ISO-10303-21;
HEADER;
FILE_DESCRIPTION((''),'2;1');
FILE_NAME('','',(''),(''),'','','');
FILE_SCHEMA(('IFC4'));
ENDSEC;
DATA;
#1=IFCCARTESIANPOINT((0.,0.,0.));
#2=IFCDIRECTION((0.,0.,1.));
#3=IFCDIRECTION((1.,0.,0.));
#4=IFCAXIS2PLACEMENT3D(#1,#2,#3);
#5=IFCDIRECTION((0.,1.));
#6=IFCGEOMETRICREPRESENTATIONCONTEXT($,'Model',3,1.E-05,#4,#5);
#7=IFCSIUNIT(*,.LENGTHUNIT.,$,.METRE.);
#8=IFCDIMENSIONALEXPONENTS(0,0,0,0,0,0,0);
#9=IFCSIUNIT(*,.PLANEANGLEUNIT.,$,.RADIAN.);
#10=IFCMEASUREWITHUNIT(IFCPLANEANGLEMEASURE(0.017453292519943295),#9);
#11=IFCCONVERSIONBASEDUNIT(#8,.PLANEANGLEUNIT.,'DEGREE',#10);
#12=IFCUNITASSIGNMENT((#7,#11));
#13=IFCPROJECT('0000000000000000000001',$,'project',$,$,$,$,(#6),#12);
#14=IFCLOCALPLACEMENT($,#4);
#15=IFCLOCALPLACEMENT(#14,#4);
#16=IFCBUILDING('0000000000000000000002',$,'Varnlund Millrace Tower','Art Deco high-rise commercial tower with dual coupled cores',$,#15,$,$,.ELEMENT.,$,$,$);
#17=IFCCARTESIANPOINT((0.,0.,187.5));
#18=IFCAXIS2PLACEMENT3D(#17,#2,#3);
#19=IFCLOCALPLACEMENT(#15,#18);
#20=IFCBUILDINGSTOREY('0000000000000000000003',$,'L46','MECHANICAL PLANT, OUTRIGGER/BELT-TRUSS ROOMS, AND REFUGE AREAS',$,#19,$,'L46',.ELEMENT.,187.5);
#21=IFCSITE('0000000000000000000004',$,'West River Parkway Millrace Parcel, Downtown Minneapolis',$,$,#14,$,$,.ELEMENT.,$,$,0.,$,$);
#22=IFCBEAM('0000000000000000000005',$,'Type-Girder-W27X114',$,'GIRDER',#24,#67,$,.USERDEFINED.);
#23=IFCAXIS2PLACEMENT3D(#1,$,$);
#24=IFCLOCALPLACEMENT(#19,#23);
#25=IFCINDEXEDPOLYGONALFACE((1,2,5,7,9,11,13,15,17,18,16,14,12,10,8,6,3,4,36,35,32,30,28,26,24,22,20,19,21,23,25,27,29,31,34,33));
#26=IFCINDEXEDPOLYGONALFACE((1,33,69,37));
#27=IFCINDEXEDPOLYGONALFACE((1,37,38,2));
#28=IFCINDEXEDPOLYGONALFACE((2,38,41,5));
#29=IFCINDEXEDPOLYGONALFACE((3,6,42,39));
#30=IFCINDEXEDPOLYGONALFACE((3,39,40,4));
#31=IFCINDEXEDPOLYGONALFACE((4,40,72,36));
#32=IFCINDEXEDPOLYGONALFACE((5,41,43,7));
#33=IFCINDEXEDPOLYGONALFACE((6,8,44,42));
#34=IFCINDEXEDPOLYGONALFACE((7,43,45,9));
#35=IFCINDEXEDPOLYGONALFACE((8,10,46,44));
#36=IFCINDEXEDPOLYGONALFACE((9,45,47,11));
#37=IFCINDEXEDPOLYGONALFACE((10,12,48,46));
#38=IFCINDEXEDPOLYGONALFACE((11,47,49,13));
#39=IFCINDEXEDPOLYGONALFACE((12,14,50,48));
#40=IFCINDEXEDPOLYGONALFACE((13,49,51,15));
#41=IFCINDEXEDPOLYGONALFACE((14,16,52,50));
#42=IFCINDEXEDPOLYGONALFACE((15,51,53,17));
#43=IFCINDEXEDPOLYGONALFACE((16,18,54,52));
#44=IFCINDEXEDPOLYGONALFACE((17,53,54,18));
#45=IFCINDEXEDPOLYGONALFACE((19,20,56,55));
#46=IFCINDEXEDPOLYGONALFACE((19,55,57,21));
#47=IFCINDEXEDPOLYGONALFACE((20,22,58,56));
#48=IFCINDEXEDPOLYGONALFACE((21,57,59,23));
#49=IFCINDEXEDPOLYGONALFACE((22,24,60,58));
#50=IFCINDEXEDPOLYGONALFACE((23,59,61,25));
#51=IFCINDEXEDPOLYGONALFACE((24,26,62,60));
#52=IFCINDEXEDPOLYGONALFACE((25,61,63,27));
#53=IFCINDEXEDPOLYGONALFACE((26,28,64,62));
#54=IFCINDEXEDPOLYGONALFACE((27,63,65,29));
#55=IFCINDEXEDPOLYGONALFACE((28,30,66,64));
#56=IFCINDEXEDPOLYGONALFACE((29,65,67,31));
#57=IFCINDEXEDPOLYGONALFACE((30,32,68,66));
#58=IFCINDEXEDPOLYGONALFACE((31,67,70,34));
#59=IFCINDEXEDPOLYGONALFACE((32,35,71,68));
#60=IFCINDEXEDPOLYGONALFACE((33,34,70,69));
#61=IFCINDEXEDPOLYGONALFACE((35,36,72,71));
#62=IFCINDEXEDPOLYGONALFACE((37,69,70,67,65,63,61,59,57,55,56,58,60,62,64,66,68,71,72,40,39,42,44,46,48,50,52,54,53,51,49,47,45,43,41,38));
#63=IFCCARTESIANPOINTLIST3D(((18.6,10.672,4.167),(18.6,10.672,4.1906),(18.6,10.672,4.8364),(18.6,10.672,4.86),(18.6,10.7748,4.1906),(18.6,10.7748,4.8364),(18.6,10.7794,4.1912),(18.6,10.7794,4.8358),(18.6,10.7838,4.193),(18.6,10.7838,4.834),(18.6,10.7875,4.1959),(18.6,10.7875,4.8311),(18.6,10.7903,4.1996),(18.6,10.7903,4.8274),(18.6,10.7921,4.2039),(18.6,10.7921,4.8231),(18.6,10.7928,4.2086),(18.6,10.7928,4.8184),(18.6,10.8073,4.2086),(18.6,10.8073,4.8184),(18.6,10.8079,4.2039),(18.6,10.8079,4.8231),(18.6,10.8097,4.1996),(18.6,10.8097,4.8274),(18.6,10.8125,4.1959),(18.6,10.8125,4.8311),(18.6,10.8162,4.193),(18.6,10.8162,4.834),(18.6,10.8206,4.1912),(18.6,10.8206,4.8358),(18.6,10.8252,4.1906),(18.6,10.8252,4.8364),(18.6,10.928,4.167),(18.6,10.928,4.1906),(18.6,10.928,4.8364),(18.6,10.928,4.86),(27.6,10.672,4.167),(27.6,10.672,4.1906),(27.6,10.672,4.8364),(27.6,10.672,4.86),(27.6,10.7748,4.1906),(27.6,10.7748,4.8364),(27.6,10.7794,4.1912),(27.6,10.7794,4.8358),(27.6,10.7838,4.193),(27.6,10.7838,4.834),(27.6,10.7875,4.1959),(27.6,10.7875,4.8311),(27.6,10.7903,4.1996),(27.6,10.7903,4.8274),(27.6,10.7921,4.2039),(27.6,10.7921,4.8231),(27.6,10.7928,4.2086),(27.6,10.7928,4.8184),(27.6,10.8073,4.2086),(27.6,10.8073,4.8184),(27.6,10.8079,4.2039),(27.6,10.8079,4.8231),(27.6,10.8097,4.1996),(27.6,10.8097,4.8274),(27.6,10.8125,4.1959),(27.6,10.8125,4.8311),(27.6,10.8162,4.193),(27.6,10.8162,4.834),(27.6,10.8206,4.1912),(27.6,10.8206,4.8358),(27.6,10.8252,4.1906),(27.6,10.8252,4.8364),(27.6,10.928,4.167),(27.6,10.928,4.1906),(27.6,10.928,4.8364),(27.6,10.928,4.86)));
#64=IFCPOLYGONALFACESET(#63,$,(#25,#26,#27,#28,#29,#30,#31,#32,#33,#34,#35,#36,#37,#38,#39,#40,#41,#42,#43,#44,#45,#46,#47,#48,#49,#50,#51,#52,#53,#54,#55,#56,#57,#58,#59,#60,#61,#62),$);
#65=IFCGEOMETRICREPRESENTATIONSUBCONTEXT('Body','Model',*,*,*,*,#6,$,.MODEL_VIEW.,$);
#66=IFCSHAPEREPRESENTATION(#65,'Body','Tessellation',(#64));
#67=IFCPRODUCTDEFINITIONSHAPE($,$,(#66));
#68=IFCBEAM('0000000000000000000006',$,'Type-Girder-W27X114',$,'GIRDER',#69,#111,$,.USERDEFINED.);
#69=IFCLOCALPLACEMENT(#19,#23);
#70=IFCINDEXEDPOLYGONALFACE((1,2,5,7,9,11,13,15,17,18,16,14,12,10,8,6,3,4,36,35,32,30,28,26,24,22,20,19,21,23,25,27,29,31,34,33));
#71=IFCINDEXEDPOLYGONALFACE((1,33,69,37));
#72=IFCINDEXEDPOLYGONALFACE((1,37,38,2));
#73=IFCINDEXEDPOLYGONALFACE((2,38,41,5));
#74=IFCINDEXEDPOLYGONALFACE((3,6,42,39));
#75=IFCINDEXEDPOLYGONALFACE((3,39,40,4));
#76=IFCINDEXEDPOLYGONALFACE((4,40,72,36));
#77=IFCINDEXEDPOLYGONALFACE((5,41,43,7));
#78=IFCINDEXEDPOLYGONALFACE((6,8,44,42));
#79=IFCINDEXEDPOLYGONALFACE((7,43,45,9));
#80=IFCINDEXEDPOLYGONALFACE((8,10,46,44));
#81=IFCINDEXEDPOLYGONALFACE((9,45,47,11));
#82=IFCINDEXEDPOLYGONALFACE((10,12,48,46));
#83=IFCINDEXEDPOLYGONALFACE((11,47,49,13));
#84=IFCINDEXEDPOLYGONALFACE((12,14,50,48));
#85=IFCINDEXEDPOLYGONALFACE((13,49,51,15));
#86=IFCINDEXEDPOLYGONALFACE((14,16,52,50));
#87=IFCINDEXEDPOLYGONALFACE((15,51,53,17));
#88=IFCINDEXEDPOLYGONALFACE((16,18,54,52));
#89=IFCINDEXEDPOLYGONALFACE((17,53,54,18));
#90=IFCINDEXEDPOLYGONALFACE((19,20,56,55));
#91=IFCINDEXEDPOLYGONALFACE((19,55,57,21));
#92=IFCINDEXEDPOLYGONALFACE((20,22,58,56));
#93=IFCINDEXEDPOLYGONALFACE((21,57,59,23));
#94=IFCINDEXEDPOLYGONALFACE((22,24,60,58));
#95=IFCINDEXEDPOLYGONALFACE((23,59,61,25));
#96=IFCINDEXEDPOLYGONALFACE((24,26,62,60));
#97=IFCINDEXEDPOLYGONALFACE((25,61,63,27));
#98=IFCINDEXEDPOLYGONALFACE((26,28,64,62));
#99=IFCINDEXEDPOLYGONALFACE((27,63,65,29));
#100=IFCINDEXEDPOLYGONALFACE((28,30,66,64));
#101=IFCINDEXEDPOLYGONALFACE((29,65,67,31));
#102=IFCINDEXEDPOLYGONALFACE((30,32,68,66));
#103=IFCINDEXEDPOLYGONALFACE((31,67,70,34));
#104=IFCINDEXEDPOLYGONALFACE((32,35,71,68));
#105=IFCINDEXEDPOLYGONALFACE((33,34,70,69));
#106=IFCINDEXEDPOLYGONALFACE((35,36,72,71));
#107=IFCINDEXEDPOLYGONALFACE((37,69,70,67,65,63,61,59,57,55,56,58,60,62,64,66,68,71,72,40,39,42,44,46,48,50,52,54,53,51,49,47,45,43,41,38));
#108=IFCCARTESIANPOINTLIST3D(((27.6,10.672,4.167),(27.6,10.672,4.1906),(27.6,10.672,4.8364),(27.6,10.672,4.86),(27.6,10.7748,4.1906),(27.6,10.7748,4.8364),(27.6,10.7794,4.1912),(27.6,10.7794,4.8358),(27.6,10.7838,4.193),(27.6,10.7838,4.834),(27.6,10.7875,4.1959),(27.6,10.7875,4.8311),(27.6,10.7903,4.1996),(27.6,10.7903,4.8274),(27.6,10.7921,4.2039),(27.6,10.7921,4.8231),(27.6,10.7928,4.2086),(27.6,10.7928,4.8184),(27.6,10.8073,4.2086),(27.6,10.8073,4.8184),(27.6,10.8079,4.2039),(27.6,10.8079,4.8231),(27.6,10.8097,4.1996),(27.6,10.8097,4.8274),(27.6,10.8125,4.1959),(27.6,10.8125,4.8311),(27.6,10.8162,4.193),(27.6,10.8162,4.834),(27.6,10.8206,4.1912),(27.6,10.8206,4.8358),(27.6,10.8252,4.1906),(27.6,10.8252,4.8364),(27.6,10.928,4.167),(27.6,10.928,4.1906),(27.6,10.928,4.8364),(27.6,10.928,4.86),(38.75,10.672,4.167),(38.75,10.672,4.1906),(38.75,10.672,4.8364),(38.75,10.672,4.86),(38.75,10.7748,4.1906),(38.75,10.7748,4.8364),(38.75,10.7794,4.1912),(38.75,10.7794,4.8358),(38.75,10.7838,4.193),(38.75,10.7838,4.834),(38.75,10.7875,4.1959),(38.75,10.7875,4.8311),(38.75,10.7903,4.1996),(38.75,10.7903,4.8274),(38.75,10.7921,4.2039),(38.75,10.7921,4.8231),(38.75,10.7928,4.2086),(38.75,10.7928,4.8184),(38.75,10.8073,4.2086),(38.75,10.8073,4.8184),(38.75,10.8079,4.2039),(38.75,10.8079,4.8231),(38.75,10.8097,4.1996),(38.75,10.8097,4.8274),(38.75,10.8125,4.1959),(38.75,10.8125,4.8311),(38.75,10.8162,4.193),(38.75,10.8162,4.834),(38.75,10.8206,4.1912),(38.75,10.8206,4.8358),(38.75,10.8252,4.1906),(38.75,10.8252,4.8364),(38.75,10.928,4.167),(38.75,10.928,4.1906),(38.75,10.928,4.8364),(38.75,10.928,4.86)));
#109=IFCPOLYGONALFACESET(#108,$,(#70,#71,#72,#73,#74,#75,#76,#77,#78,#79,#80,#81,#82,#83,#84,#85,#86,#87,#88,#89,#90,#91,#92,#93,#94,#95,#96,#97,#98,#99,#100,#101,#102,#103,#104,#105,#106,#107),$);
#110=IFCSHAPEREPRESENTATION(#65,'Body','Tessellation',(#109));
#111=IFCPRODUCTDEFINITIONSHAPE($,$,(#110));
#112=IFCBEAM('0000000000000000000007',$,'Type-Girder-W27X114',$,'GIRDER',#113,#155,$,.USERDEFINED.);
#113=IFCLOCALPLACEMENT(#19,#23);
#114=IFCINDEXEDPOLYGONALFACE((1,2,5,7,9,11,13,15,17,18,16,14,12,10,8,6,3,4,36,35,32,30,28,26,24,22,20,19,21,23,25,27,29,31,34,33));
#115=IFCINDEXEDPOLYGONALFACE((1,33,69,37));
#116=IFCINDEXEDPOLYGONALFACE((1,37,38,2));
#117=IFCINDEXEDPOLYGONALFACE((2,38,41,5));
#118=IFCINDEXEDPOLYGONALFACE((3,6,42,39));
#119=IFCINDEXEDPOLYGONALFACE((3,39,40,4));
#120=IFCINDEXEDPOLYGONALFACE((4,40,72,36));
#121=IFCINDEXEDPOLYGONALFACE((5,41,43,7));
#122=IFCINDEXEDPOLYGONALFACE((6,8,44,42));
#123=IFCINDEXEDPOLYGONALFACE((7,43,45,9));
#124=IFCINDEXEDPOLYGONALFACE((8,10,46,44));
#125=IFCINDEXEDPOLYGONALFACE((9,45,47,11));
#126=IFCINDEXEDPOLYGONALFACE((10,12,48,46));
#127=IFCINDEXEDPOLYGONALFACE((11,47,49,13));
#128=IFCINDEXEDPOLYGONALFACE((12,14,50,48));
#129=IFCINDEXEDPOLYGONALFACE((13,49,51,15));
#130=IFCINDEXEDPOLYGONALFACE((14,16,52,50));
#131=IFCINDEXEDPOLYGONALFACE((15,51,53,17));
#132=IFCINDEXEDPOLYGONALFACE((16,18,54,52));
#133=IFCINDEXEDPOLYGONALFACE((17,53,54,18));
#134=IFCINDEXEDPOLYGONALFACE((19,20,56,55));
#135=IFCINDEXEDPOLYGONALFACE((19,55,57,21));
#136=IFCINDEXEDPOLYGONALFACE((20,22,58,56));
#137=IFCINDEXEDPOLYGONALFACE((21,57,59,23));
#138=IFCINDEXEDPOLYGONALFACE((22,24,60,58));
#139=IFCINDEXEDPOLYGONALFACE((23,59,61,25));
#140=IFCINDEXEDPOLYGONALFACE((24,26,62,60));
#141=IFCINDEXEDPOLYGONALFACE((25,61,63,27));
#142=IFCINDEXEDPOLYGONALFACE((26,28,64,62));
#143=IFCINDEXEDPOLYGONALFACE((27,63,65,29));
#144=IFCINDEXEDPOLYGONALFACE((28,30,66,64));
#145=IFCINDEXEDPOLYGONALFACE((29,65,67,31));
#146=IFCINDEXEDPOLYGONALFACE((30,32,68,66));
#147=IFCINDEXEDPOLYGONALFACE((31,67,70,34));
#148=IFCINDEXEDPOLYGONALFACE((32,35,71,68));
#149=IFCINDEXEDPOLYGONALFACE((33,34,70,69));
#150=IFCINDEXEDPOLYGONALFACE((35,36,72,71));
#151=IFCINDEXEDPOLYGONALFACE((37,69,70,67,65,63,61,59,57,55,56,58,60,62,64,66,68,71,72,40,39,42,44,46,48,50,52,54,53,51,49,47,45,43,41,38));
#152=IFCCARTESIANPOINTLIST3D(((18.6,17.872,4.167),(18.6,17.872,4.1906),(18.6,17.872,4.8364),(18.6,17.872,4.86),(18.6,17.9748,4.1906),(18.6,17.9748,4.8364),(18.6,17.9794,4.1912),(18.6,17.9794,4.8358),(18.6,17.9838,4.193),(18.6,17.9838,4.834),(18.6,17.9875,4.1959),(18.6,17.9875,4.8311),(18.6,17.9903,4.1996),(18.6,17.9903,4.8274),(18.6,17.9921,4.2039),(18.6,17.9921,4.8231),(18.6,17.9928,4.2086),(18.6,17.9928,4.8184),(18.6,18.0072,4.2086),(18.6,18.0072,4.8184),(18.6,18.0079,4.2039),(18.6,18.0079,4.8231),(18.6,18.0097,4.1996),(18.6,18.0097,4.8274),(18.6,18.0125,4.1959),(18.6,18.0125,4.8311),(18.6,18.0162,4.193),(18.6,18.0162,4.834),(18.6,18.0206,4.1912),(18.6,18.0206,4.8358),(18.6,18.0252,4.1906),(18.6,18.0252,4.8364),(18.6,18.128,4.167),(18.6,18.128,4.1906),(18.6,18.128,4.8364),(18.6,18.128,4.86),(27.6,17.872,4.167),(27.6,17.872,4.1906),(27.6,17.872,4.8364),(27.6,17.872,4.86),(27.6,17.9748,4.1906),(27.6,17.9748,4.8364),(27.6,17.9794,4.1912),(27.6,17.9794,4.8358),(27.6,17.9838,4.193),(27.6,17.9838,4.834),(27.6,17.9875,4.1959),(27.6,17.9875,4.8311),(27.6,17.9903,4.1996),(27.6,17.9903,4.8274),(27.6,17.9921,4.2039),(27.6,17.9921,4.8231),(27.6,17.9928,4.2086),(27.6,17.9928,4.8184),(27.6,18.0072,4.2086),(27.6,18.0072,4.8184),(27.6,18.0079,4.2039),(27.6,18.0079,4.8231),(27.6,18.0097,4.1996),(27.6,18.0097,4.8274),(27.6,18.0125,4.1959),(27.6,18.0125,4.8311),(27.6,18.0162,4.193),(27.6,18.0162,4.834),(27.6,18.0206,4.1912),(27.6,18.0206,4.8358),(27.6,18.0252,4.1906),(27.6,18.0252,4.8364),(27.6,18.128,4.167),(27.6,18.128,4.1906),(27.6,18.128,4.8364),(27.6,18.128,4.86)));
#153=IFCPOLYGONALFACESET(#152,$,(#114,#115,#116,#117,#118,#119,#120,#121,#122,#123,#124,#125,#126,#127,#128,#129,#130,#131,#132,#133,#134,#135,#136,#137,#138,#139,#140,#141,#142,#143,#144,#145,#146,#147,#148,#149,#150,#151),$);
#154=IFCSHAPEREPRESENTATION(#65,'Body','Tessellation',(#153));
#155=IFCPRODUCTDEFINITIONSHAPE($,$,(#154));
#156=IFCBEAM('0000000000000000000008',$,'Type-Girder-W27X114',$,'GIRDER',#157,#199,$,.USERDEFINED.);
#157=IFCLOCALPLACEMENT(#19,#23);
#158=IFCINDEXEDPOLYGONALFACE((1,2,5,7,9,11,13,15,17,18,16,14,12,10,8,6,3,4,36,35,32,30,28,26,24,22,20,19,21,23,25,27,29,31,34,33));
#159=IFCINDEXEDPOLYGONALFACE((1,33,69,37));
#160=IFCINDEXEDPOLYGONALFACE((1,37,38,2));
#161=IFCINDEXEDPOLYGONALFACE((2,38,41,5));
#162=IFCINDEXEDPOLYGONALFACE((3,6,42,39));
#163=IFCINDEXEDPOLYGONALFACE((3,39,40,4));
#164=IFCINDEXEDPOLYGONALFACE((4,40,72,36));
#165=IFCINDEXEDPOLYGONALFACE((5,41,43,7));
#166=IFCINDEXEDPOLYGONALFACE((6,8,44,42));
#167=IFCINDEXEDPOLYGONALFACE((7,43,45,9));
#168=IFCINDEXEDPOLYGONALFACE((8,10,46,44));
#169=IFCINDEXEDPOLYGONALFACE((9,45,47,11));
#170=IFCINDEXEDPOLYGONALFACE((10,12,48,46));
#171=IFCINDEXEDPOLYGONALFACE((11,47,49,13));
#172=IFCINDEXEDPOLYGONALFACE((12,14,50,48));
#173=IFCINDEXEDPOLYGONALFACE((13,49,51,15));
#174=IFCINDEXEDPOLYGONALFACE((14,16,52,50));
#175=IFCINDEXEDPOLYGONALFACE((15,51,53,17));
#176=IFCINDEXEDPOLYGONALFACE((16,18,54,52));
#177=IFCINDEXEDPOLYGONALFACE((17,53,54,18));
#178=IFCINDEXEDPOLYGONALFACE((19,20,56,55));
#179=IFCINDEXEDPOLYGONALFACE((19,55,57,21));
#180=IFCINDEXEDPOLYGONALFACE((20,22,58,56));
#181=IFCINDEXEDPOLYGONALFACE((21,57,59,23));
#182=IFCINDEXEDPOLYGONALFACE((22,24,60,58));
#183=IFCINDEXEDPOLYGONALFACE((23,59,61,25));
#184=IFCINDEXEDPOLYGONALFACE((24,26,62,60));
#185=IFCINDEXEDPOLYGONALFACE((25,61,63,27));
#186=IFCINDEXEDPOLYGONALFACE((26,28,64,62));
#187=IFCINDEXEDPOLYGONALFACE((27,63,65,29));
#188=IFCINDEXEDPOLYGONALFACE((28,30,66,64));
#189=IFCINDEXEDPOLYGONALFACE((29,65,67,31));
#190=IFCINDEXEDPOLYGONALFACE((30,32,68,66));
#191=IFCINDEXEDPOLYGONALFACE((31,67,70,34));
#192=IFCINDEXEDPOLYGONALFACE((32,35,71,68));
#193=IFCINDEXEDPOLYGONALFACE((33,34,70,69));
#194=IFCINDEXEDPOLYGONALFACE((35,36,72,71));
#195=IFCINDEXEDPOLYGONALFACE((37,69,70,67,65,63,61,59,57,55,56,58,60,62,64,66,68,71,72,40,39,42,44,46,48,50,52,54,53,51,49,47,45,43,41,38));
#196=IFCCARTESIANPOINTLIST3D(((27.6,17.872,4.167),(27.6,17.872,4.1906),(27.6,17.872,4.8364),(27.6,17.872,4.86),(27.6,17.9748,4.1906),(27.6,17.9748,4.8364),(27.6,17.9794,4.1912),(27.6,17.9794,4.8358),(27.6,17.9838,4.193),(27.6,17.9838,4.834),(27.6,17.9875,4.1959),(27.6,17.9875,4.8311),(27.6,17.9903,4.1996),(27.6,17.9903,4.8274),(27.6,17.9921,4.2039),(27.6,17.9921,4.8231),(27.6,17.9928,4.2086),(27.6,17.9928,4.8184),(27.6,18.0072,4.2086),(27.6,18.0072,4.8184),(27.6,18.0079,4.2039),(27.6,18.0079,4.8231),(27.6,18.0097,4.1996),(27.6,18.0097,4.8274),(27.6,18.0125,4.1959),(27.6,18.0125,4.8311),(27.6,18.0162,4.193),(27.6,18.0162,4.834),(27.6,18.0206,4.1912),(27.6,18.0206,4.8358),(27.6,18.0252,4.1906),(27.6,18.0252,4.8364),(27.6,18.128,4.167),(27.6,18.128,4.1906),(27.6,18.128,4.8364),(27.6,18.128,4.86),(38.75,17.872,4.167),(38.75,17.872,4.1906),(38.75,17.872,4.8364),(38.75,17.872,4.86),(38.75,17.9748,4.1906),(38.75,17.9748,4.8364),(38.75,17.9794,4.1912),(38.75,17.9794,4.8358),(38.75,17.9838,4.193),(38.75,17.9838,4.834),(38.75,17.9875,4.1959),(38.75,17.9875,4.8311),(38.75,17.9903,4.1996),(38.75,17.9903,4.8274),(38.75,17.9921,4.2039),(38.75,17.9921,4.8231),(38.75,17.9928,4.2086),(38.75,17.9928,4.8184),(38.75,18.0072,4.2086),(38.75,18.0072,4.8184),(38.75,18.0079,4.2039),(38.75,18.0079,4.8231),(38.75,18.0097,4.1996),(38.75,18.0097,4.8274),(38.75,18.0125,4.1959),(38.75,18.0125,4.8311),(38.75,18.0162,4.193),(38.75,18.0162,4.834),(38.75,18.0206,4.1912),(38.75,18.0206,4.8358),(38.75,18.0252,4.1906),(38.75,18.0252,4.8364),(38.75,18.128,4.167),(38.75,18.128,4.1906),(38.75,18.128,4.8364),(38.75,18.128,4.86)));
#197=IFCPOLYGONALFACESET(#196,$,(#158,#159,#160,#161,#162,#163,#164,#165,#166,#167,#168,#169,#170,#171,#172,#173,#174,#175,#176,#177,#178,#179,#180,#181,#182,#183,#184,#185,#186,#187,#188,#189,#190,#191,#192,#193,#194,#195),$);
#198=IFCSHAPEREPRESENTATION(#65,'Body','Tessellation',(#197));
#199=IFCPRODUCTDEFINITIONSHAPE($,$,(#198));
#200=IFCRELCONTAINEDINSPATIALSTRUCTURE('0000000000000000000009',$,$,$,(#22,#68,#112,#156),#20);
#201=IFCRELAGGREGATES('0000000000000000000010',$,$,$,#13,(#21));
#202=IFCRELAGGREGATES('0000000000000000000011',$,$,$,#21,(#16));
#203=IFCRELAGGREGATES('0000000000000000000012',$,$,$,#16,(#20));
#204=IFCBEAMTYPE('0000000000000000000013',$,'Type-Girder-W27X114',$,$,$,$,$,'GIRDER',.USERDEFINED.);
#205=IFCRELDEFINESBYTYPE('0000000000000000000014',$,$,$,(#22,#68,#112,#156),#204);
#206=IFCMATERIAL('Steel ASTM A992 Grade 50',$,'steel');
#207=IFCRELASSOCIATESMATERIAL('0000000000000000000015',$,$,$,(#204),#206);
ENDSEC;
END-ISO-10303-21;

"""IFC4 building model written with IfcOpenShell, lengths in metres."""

from ifc_helpers import new_model, entity, si_unit, converted_unit, direction, frame, origin_with_axes, origin_2d_with_axis, place, context, subcontext, project, spatial, i_section, extrude, material, material_profile, profile_set, type_object, element, save


model = new_model("IFC4")

# Units and contexts
model_context = context("Model", 3, precision=1e-05, world=origin_with_axes(), true_north=direction((0.0, 1.0)))
body_context = subcontext(model_context, "Body", "Model", "MODEL_VIEW")
ifc_project = project(units=[si_unit("LENGTHUNIT", "METRE"), converted_unit("PLANEANGLEUNIT", "DEGREE", entity("IfcPlaneAngleMeasure", 0.017453292519943295), si_unit("PLANEANGLEUNIT", "RADIAN"), dimensions=[0, 0, 0, 0, 0, 0, 0])], contexts=[model_context])

# Site, building, storey
site_placement = place(None, origin_with_axes())
site = spatial("IfcSite", under=ifc_project, at=site_placement, Name="West River Parkway Millrace Parcel, Downtown Minneapolis", CompositionType="ELEMENT", RefElevation=0.0)
building_placement = place(site_placement, origin_with_axes())
building = spatial("IfcBuilding", under=site, at=building_placement, Name="Varnlund Millrace Tower", Description="Art Deco high-rise commercial tower with dual coupled cores", CompositionType="ELEMENT")
storey_placement = place(building_placement, frame((0.0, 0.0, 187.5), z_axis=(0.0, 0.0, 1.0), x_axis=(1.0, 0.0, 0.0)))
storey = spatial("IfcBuildingStorey", under=building, at=storey_placement, Name="L46", Description="MECHANICAL PLANT, OUTRIGGER/BELT-TRUSS ROOMS, AND REFUGE AREAS", LongName="L46", CompositionType="ELEMENT", Elevation=187.5)

# Shared definitions
ifc_material_1 = material(Name="Steel ASTM A992 Grade 50", Category="steel")

# Beams
ifc_material_profile_1 = material_profile(ifc_material_1, i_section(OverallWidth=0.256, OverallDepth=0.693, WebThickness=0.0145, FlangeThickness=0.0236, FilletRadius=0.018, at=origin_2d_with_axis()), Name="Steel ASTM A992 Grade 50")
ifc_profile_set_1 = profile_set([ifc_material_profile_1], Name="Steel ASTM A992 Grade 50")
beam_type_1 = type_object("IfcBeamType", Name="Type-Girder-W27X114", ElementType="GIRDER", PredefinedType="USERDEFINED", material=ifc_profile_set_1)
beam_1_placement = place(storey_placement, frame((18.6, 10.8, 4.5135), z_axis=(1.0, 0.0, 0.0), x_axis=(0.0, 1.0, 0.0)))
element("IfcBeam", 1, at=beam_1_placement, inside=storey, type_object=beam_type_1, Name="Type-Girder-W27X114", ObjectType="GIRDER", PredefinedType="USERDEFINED", context=body_context, shape_type="SweptSolid", body=[
    extrude(i_section(OverallWidth=0.256, OverallDepth=0.693, WebThickness=0.0145, FlangeThickness=0.0236, FilletRadius=0.018, at=origin_2d_with_axis()), origin_with_axes(), (0.0, 0.0, 1.0), 9.0),
])
beam_2_placement = place(storey_placement, frame((27.6, 10.8, 4.5135), z_axis=(1.0, 0.0, 0.0), x_axis=(0.0, 1.0, 0.0)))
element("IfcBeam", 2, at=beam_2_placement, inside=storey, type_object=beam_type_1, Name="Type-Girder-W27X114", ObjectType="GIRDER", PredefinedType="USERDEFINED", context=body_context, shape_type="SweptSolid", body=[
    extrude(i_section(OverallWidth=0.256, OverallDepth=0.693, WebThickness=0.0145, FlangeThickness=0.0236, FilletRadius=0.018, at=origin_2d_with_axis()), origin_with_axes(), (0.0, 0.0, 1.0), 11.15),
])
beam_3_placement = place(storey_placement, frame((18.6, 18.0, 4.5135), z_axis=(1.0, 0.0, 0.0), x_axis=(0.0, 1.0, 0.0)))
element("IfcBeam", 3, at=beam_3_placement, inside=storey, type_object=beam_type_1, Name="Type-Girder-W27X114", ObjectType="GIRDER", PredefinedType="USERDEFINED", context=body_context, shape_type="SweptSolid", body=[
    extrude(i_section(OverallWidth=0.256, OverallDepth=0.693, WebThickness=0.0145, FlangeThickness=0.0236, FilletRadius=0.018, at=origin_2d_with_axis()), origin_with_axes(), (0.0, 0.0, 1.0), 9.0),
])
beam_4_placement = place(storey_placement, frame((27.6, 18.0, 4.5135), z_axis=(1.0, 0.0, 0.0), x_axis=(0.0, 1.0, 0.0)))
element("IfcBeam", 4, at=beam_4_placement, inside=storey, type_object=beam_type_1, Name="Type-Girder-W27X114", ObjectType="GIRDER", PredefinedType="USERDEFINED", context=body_context, shape_type="SweptSolid", body=[
    extrude(i_section(OverallWidth=0.256, OverallDepth=0.693, WebThickness=0.0145, FlangeThickness=0.0236, FilletRadius=0.018, at=origin_2d_with_axis()), origin_with_axes(), (0.0, 0.0, 1.0), 11.15),
])

save(model, "model.ifc")
